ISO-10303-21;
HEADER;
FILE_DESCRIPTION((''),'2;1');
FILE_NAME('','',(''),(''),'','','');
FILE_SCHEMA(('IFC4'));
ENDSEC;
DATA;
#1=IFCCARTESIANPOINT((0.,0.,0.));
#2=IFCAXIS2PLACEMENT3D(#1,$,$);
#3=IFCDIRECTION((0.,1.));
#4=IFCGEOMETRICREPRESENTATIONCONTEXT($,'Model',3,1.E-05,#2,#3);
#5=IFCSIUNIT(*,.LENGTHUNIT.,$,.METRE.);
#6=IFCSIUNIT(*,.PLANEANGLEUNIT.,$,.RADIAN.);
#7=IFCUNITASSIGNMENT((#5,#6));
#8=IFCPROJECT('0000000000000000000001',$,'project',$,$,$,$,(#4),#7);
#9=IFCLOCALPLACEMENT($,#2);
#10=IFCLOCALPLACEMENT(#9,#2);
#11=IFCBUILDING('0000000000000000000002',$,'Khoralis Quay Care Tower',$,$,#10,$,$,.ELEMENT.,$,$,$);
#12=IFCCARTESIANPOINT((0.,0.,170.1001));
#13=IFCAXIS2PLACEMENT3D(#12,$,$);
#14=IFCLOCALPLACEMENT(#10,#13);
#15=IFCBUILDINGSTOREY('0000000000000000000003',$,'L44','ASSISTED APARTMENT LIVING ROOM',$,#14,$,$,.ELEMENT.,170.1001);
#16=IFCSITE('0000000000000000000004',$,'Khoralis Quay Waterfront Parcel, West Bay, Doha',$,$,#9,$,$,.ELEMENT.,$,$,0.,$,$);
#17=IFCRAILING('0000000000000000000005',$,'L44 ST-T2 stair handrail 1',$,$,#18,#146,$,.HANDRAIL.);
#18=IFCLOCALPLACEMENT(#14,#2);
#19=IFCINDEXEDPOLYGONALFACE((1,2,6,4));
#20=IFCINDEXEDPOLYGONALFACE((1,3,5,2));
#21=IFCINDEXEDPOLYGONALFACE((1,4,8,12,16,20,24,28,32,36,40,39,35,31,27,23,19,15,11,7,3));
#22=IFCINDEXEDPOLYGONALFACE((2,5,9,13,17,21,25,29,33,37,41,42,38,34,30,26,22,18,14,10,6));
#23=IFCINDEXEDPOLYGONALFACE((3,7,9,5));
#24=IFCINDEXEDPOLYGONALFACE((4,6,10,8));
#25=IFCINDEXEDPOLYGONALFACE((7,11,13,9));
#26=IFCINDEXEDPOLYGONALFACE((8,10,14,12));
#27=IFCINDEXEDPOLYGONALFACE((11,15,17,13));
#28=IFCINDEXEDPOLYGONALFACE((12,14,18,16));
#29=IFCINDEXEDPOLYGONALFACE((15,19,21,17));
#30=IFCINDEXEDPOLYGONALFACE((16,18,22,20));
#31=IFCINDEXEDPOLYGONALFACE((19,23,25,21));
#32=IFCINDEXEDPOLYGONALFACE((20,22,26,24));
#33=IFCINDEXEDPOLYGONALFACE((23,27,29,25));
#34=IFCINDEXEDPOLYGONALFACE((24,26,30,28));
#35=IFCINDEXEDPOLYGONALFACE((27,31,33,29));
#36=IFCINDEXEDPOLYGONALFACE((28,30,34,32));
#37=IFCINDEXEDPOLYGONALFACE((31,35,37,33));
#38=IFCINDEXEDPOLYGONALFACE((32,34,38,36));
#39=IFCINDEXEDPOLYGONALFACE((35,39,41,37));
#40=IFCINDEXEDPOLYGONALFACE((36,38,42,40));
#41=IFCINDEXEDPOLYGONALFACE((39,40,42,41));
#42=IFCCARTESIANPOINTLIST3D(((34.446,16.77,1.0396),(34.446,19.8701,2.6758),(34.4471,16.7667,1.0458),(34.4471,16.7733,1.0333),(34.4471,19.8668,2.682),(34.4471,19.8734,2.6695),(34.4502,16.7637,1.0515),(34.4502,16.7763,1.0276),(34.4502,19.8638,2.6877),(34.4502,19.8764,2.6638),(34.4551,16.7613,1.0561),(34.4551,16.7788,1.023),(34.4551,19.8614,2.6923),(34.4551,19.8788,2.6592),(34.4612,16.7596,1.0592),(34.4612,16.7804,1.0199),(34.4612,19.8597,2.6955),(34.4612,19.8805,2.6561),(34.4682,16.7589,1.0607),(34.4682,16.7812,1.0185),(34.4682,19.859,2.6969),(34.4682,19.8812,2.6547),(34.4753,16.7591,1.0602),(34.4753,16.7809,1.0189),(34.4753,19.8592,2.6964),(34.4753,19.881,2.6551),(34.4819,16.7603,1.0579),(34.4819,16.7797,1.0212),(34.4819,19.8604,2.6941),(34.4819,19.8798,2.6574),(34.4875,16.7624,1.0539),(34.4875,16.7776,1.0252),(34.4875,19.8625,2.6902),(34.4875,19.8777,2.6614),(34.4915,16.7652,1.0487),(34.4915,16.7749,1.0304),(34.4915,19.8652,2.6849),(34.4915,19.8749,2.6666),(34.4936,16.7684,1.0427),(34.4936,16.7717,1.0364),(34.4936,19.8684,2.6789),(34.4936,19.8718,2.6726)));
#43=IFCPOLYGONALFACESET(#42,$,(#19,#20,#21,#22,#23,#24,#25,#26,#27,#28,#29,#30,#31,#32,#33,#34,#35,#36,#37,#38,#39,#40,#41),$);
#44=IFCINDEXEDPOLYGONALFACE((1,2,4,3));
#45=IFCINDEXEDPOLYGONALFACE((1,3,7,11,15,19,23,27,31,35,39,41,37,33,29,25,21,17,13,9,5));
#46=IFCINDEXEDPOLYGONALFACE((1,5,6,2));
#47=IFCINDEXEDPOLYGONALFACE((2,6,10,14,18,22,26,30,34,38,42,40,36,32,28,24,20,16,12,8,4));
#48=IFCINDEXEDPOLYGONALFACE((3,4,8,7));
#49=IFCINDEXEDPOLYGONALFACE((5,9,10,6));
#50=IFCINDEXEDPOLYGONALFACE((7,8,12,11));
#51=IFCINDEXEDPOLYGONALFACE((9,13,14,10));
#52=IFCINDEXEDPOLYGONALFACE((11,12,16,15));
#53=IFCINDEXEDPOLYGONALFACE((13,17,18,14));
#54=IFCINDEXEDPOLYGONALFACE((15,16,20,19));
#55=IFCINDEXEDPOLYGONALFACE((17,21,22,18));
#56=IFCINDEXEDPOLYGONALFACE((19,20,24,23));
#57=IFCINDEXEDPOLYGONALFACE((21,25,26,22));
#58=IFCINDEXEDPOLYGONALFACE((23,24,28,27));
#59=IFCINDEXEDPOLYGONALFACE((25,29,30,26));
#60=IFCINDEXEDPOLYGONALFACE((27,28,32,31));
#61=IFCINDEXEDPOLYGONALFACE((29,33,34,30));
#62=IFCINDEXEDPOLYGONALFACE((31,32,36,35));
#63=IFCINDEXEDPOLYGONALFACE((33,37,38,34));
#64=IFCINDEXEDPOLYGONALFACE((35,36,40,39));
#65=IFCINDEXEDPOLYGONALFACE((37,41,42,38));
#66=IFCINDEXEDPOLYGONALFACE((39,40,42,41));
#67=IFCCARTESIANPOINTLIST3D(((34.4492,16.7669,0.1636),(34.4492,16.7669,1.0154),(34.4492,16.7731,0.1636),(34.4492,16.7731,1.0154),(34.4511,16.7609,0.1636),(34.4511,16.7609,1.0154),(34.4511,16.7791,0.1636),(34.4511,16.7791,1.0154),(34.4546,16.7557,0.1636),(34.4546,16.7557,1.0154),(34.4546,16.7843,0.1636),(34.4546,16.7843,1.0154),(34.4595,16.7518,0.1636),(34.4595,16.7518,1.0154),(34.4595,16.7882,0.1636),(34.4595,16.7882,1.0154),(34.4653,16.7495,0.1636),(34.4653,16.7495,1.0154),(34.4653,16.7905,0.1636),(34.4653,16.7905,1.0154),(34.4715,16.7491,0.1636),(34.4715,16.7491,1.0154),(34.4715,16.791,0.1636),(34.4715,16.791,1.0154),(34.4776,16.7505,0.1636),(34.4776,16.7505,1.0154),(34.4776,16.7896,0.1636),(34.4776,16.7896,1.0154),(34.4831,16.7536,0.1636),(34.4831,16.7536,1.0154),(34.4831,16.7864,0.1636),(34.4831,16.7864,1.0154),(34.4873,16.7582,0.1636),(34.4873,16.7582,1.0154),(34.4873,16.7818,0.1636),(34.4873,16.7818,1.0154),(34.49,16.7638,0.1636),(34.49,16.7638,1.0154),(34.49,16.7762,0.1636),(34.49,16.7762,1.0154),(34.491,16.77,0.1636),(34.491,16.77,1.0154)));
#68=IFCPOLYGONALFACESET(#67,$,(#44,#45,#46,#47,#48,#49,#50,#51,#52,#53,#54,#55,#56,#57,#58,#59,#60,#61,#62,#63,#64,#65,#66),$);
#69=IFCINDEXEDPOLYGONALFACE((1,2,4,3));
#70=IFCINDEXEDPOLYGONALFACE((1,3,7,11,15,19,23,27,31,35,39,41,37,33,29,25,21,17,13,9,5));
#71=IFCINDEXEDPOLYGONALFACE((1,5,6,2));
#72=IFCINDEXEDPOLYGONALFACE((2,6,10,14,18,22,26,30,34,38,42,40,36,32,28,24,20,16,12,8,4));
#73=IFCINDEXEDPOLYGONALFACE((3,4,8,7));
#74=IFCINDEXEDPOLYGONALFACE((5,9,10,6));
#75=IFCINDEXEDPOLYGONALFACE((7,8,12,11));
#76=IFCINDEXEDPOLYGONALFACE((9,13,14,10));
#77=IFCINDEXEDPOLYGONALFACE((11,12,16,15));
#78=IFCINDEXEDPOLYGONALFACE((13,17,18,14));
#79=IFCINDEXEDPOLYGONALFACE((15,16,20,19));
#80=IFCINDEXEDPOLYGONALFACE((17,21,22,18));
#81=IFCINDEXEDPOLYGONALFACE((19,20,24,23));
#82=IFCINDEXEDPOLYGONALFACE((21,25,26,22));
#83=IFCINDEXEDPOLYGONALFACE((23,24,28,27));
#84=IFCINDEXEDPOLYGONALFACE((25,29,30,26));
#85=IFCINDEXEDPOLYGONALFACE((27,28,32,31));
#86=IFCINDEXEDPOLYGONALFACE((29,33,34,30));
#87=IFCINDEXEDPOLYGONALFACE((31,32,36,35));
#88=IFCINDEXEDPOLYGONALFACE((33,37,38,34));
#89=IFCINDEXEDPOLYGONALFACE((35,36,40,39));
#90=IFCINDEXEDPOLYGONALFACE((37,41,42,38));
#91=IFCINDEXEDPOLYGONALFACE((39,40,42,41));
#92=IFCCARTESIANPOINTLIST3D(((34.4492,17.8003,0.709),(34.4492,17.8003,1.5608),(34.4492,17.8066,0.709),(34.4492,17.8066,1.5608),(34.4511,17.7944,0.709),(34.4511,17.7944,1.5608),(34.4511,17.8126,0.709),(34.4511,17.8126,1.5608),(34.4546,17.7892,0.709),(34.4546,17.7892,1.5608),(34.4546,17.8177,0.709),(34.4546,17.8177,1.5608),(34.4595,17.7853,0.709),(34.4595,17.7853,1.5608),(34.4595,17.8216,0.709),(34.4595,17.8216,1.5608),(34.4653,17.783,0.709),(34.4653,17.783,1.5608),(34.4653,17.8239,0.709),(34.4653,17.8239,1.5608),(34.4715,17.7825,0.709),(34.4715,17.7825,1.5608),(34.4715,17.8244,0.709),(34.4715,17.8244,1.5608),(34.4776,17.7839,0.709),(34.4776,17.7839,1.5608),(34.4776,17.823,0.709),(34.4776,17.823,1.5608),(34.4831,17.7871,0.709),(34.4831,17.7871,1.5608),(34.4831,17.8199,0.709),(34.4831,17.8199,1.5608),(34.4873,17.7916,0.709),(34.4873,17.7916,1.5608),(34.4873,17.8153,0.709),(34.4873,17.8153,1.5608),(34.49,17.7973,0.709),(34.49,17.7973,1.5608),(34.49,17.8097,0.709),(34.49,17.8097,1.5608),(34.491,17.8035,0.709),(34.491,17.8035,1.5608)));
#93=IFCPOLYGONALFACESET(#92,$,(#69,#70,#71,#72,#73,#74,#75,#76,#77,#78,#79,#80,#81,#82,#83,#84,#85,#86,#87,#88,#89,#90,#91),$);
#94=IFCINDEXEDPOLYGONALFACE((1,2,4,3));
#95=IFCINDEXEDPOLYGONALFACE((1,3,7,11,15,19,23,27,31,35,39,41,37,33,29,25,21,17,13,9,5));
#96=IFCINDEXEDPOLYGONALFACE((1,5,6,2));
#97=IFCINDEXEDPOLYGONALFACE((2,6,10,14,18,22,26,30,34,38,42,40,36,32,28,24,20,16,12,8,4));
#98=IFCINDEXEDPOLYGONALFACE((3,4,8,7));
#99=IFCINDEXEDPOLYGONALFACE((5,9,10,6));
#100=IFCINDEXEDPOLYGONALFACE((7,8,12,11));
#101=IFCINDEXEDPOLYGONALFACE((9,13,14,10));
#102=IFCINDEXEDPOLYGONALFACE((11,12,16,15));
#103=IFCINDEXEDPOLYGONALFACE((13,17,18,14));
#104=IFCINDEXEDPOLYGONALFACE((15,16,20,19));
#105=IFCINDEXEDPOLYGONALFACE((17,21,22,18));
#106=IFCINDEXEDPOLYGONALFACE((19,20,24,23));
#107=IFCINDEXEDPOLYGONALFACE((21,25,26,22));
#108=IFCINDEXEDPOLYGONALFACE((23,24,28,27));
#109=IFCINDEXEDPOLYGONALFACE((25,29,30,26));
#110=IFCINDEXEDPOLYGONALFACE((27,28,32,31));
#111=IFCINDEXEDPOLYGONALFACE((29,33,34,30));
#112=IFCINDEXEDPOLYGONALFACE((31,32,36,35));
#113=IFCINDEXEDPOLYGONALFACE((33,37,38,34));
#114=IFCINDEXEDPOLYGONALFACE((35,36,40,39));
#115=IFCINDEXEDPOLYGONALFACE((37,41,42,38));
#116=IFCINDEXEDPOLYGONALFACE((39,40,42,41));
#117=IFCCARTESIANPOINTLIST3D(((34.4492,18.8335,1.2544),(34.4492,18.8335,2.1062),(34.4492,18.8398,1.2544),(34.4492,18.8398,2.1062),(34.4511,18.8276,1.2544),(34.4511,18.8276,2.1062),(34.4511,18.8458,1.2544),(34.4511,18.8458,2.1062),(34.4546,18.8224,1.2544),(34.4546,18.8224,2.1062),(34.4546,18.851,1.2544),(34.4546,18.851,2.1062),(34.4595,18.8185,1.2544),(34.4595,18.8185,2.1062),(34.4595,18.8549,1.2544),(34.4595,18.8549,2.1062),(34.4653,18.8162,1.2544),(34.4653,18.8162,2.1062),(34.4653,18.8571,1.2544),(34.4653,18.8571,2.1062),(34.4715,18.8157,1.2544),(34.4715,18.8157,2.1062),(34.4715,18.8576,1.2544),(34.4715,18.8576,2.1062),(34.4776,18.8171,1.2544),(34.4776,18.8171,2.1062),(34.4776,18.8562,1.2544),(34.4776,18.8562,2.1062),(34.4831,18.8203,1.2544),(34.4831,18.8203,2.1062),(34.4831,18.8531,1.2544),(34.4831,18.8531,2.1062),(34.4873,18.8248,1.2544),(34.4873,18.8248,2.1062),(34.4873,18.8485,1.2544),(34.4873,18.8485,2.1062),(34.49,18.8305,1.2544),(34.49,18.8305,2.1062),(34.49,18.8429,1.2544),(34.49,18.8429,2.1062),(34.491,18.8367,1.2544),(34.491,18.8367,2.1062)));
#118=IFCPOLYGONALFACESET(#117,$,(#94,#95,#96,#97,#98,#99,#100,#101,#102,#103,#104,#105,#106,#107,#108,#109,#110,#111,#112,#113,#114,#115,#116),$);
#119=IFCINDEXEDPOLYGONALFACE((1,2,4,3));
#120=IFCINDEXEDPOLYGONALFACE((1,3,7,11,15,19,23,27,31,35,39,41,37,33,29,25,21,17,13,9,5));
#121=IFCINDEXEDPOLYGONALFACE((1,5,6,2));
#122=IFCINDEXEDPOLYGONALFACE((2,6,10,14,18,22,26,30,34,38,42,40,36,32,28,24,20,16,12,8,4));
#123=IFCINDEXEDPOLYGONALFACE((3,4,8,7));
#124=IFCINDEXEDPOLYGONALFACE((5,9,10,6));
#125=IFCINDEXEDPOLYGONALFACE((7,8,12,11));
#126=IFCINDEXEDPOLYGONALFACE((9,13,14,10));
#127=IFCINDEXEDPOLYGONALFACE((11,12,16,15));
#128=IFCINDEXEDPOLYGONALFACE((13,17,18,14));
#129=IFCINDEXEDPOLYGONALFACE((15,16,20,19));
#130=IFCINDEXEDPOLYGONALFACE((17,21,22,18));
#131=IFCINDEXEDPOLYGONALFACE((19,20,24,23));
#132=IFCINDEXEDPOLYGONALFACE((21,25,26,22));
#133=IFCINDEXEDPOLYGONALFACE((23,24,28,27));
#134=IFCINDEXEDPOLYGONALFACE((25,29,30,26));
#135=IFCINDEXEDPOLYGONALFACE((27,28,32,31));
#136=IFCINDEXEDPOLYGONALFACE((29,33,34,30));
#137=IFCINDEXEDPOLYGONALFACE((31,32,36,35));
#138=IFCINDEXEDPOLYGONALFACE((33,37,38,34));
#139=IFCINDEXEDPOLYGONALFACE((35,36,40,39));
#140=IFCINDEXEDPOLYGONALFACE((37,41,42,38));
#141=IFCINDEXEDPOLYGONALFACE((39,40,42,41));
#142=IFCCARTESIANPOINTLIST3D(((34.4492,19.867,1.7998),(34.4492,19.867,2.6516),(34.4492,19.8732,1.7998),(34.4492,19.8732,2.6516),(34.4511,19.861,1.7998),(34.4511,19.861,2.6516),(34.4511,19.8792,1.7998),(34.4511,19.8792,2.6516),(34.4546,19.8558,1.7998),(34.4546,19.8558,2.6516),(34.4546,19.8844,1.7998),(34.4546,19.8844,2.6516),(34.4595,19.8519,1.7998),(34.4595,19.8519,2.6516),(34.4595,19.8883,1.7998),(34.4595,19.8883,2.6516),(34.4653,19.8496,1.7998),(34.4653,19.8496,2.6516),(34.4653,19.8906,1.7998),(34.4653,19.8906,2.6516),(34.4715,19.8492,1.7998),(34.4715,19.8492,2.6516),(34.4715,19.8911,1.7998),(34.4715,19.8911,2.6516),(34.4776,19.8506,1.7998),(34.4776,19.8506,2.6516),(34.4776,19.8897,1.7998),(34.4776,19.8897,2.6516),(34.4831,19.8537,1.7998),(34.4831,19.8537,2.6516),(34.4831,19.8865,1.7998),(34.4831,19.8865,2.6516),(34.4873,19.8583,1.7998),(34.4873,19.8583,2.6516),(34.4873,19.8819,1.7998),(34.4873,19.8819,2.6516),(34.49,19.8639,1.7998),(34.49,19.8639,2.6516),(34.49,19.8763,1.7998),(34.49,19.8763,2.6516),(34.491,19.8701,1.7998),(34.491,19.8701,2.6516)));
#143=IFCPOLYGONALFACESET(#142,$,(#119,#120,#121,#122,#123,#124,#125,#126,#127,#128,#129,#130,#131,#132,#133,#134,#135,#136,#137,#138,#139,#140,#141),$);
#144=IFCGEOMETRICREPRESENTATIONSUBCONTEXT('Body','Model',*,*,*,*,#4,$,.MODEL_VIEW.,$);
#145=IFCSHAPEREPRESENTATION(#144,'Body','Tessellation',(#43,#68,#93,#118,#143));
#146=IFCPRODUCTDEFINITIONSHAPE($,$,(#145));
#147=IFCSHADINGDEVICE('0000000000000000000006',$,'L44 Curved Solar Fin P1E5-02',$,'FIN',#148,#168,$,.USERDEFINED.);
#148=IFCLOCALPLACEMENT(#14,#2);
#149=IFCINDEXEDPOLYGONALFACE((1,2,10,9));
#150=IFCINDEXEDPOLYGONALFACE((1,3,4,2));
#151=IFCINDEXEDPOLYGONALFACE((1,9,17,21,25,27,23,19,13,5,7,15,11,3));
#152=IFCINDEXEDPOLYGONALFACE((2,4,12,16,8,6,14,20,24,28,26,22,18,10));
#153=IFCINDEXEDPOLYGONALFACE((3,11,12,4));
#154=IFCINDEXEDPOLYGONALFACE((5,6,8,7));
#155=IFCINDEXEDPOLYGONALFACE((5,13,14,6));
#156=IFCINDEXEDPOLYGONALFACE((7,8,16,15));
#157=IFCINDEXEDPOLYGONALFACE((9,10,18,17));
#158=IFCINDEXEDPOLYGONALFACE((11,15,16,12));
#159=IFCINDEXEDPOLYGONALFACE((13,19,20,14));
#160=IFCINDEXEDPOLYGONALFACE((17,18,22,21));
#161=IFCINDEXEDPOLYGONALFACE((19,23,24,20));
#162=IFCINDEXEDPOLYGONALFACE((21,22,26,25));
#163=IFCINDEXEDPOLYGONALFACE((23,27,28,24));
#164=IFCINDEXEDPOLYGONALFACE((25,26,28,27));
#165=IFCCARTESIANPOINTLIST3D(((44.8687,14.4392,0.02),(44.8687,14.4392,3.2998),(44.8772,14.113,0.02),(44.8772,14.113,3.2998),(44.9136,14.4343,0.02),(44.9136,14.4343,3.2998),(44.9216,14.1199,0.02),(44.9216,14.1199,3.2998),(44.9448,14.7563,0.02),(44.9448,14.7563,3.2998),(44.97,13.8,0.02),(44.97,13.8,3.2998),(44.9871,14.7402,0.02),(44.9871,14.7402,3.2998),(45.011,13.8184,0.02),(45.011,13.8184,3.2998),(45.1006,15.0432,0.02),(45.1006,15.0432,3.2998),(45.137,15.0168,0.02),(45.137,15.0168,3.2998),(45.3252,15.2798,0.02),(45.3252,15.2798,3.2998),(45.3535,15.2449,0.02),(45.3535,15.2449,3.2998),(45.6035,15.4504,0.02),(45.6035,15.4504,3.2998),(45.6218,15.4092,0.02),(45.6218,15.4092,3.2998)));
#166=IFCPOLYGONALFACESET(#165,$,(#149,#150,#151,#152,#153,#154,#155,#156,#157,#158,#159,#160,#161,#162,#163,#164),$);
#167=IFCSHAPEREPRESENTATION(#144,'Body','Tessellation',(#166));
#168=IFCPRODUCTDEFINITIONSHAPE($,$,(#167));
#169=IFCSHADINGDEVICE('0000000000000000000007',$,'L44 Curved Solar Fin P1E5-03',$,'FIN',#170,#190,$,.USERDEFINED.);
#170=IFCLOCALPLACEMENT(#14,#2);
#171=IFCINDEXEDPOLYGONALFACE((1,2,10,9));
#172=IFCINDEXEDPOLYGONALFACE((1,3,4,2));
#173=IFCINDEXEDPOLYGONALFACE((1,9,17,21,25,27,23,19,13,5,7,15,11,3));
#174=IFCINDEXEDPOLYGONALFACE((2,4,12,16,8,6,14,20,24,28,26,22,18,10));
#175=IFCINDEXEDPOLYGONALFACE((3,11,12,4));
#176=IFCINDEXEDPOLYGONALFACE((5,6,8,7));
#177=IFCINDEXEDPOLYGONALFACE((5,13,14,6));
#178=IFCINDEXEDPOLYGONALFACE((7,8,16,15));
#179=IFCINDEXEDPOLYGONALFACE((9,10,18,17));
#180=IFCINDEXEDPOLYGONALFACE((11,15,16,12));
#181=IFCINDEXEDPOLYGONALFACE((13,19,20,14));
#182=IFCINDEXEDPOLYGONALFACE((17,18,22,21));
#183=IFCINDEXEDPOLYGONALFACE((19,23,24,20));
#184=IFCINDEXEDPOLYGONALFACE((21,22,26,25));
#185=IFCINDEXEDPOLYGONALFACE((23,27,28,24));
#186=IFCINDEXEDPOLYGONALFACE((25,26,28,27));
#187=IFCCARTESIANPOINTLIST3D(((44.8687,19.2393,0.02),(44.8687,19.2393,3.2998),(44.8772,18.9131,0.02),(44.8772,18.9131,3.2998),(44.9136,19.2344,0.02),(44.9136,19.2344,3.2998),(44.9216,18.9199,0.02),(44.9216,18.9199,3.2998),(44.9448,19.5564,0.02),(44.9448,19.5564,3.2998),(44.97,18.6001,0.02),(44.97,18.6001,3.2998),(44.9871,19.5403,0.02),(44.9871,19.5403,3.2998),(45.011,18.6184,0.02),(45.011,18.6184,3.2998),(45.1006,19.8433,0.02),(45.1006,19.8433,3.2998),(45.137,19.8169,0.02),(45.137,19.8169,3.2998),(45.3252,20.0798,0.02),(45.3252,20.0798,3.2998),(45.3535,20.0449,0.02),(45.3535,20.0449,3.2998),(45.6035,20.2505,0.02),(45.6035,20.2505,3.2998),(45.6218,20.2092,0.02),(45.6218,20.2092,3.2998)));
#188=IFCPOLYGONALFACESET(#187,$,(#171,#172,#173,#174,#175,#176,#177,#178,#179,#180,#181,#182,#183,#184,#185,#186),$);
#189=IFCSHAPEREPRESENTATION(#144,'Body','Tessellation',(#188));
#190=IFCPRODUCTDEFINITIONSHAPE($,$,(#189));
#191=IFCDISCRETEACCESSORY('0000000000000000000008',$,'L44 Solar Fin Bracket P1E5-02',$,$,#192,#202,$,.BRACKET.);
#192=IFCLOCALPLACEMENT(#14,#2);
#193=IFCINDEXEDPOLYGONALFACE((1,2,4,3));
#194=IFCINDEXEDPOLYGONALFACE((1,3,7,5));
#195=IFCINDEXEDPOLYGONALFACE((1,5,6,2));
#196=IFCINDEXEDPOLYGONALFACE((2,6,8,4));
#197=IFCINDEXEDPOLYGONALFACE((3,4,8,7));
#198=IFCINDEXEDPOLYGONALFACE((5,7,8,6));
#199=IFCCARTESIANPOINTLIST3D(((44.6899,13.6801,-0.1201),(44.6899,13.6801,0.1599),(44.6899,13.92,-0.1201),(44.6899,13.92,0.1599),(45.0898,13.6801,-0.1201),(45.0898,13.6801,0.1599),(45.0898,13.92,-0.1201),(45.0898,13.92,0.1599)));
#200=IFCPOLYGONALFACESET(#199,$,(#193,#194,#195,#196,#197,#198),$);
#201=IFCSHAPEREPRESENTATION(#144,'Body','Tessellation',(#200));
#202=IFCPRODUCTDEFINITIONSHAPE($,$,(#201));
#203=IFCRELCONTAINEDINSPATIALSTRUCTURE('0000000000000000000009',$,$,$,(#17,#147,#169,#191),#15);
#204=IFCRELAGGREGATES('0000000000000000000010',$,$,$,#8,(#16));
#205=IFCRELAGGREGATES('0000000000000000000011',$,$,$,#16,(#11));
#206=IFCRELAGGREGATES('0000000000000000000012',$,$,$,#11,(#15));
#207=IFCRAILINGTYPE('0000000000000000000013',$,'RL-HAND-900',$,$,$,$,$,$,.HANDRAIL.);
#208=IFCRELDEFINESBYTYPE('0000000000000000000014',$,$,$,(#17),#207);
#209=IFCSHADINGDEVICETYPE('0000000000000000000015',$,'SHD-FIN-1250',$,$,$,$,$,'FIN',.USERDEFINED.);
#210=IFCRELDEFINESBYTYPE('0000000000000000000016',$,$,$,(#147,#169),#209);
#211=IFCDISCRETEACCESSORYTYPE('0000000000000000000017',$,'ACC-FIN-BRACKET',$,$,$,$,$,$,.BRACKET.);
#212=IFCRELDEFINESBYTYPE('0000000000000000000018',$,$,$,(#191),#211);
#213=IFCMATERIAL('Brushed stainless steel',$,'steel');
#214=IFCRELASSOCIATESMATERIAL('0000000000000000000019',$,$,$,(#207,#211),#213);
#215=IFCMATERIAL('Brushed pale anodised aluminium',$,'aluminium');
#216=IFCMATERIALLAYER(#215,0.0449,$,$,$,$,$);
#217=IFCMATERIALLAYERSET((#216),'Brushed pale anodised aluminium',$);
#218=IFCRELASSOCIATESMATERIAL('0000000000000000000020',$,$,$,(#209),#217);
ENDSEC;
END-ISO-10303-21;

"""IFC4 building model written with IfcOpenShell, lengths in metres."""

from ifc_helpers import new_model, si_unit, direction, frame, origin, origin_2d, place, context, subcontext, project, spatial, polyline, rectangle, circle, outline, extrude, source, transform, mapped, material, layer, layer_set, type_object, element, save


model = new_model("IFC4")

# Units and contexts
model_context = context("Model", 3, precision=1e-05, world=origin(), true_north=direction((0.0, 1.0)))
body_context = subcontext(model_context, "Body", "Model", "MODEL_VIEW")
ifc_project = project(units=[si_unit("LENGTHUNIT", "METRE"), si_unit("PLANEANGLEUNIT", "RADIAN")], contexts=[model_context])

# Site, building, storey
site_placement = place(None, origin())
site = spatial("IfcSite", under=ifc_project, at=site_placement, Name="Khoralis Quay Waterfront Parcel, West Bay, Doha", CompositionType="ELEMENT", RefElevation=0.0)
building_placement = place(site_placement, origin())
building = spatial("IfcBuilding", under=site, at=building_placement, Name="Khoralis Quay Care Tower", CompositionType="ELEMENT")
storey_placement = place(building_placement, frame((0.0, 0.0, 170.1001)))
storey = spatial("IfcBuildingStorey", under=building, at=storey_placement, Name="L44", Description="ASSISTED APARTMENT LIVING ROOM", CompositionType="ELEMENT", Elevation=170.1001)

# Railing
ifc_material_1 = material(Name="Brushed stainless steel", Category="steel")
railing_type = type_object("IfcRailingType", Name="RL-HAND-900", PredefinedType="HANDRAIL", material=ifc_material_1)
railing_placement = place(storey_placement, frame((34.47, 16.77, 0.1636)))
element("IfcRailing", 1, at=railing_placement, inside=storey, type_object=railing_type, Name="L44 ST-T2 stair handrail 1", PredefinedType="HANDRAIL", context=body_context, shape_type="SweptSolid", body=[
    extrude(circle(Radius=0.0239, at=origin_2d()), frame((0.0, 0.0, 0.876), z_axis=(0.0, 0.884377, 0.466774), x_axis=(-1.0, 0.0, 0.0)), (0.0, 0.0, 1.0), 3.5054),
    extrude(circle(Radius=0.021, at=origin_2d()), origin(), (0.0, 0.0, 1.0), 0.8518),
    extrude(circle(Radius=0.021, at=origin_2d()), frame((0.0, 1.0334, 0.5454)), (0.0, 0.0, 1.0), 0.8518),
    extrude(circle(Radius=0.021, at=origin_2d()), frame((0.0, 2.0667, 1.0908)), (0.0, 0.0, 1.0), 0.8518),
    extrude(circle(Radius=0.021, at=origin_2d()), frame((0.0, 3.1001, 1.6362)), (0.0, 0.0, 1.0), 0.8518),
])

# Shading devices
ifc_material_2 = material(Name="Brushed pale anodised aluminium", Category="aluminium")
ifc_layer_1 = layer(ifc_material_2, 0.0449)
ifc_layer_set_1 = layer_set([ifc_layer_1], Name="Brushed pale anodised aluminium")
shading_device_type = type_object("IfcShadingDeviceType", Name="SHD-FIN-1250", ElementType="FIN", PredefinedType="USERDEFINED", material=ifc_layer_set_1)
shared_shape_1 = source(origin(), body_context, "Body", "SweptSolid", [
    extrude(outline(polyline([(0.0, 0.0), (-0.0928, 0.313), (-0.1013, 0.6392), (-0.0251, 0.9563), (0.1306, 1.2432), (0.3552, 1.4797), (0.6335, 1.6504), (0.6519, 1.6091), (0.3835, 1.4448), (0.167, 1.2168), (0.0171, 0.9402), (-0.0564, 0.6343), (-0.0483, 0.3198), (0.041, 0.0183), (0.0, 0.0)])), origin(), (0.0, 0.0, 1.0), 3.2798),
])
for number, where, z_axis, x_axis, name in (
    (2, (44.97, 13.8, 0.02), (0.0, 0.0, 1.0), (1.0, 0.0, 0.0), "L44 Curved Solar Fin P1E5-02"),
    (3, (44.97, 18.6001, 0.02), (0.0, 0.0, 1.0), (1.0, 0.0, 0.0), "L44 Curved Solar Fin P1E5-03"),
):
    element("IfcShadingDevice", number, at=place(storey_placement, frame(where, z_axis=z_axis, x_axis=x_axis)), inside=storey, type_object=shading_device_type, Name=name, ObjectType="FIN", PredefinedType="USERDEFINED", context=body_context, shape_type="MappedRepresentation", body=[
        mapped(shared_shape_1, transform((0.0, 0.0, 0.0), scale=1.0)),
    ])

# Discrete accessory
discrete_accessory_type = type_object("IfcDiscreteAccessoryType", Name="ACC-FIN-BRACKET", PredefinedType="BRACKET", material=ifc_material_1)
shared_shape_2 = source(origin(), body_context, "Body", "SweptSolid", [
    extrude(rectangle(XDim=0.3999, YDim=0.24, at=origin_2d()), origin(), (0.0, 0.0, 1.0), 0.28),
])
for number, where, z_axis, x_axis, name in (
    (4, (44.8899, 13.8, -0.1201), (0.0, 0.0, 1.0), (1.0, 0.0, 0.0), "L44 Solar Fin Bracket P1E5-02"),
):
    element("IfcDiscreteAccessory", number, at=place(storey_placement, frame(where, z_axis=z_axis, x_axis=x_axis)), inside=storey, type_object=discrete_accessory_type, Name=name, PredefinedType="BRACKET", context=body_context, shape_type="MappedRepresentation", body=[
        mapped(shared_shape_2, transform((0.0, 0.0, 0.0), scale=1.0)),
    ])

save(model, "model.ifc")
